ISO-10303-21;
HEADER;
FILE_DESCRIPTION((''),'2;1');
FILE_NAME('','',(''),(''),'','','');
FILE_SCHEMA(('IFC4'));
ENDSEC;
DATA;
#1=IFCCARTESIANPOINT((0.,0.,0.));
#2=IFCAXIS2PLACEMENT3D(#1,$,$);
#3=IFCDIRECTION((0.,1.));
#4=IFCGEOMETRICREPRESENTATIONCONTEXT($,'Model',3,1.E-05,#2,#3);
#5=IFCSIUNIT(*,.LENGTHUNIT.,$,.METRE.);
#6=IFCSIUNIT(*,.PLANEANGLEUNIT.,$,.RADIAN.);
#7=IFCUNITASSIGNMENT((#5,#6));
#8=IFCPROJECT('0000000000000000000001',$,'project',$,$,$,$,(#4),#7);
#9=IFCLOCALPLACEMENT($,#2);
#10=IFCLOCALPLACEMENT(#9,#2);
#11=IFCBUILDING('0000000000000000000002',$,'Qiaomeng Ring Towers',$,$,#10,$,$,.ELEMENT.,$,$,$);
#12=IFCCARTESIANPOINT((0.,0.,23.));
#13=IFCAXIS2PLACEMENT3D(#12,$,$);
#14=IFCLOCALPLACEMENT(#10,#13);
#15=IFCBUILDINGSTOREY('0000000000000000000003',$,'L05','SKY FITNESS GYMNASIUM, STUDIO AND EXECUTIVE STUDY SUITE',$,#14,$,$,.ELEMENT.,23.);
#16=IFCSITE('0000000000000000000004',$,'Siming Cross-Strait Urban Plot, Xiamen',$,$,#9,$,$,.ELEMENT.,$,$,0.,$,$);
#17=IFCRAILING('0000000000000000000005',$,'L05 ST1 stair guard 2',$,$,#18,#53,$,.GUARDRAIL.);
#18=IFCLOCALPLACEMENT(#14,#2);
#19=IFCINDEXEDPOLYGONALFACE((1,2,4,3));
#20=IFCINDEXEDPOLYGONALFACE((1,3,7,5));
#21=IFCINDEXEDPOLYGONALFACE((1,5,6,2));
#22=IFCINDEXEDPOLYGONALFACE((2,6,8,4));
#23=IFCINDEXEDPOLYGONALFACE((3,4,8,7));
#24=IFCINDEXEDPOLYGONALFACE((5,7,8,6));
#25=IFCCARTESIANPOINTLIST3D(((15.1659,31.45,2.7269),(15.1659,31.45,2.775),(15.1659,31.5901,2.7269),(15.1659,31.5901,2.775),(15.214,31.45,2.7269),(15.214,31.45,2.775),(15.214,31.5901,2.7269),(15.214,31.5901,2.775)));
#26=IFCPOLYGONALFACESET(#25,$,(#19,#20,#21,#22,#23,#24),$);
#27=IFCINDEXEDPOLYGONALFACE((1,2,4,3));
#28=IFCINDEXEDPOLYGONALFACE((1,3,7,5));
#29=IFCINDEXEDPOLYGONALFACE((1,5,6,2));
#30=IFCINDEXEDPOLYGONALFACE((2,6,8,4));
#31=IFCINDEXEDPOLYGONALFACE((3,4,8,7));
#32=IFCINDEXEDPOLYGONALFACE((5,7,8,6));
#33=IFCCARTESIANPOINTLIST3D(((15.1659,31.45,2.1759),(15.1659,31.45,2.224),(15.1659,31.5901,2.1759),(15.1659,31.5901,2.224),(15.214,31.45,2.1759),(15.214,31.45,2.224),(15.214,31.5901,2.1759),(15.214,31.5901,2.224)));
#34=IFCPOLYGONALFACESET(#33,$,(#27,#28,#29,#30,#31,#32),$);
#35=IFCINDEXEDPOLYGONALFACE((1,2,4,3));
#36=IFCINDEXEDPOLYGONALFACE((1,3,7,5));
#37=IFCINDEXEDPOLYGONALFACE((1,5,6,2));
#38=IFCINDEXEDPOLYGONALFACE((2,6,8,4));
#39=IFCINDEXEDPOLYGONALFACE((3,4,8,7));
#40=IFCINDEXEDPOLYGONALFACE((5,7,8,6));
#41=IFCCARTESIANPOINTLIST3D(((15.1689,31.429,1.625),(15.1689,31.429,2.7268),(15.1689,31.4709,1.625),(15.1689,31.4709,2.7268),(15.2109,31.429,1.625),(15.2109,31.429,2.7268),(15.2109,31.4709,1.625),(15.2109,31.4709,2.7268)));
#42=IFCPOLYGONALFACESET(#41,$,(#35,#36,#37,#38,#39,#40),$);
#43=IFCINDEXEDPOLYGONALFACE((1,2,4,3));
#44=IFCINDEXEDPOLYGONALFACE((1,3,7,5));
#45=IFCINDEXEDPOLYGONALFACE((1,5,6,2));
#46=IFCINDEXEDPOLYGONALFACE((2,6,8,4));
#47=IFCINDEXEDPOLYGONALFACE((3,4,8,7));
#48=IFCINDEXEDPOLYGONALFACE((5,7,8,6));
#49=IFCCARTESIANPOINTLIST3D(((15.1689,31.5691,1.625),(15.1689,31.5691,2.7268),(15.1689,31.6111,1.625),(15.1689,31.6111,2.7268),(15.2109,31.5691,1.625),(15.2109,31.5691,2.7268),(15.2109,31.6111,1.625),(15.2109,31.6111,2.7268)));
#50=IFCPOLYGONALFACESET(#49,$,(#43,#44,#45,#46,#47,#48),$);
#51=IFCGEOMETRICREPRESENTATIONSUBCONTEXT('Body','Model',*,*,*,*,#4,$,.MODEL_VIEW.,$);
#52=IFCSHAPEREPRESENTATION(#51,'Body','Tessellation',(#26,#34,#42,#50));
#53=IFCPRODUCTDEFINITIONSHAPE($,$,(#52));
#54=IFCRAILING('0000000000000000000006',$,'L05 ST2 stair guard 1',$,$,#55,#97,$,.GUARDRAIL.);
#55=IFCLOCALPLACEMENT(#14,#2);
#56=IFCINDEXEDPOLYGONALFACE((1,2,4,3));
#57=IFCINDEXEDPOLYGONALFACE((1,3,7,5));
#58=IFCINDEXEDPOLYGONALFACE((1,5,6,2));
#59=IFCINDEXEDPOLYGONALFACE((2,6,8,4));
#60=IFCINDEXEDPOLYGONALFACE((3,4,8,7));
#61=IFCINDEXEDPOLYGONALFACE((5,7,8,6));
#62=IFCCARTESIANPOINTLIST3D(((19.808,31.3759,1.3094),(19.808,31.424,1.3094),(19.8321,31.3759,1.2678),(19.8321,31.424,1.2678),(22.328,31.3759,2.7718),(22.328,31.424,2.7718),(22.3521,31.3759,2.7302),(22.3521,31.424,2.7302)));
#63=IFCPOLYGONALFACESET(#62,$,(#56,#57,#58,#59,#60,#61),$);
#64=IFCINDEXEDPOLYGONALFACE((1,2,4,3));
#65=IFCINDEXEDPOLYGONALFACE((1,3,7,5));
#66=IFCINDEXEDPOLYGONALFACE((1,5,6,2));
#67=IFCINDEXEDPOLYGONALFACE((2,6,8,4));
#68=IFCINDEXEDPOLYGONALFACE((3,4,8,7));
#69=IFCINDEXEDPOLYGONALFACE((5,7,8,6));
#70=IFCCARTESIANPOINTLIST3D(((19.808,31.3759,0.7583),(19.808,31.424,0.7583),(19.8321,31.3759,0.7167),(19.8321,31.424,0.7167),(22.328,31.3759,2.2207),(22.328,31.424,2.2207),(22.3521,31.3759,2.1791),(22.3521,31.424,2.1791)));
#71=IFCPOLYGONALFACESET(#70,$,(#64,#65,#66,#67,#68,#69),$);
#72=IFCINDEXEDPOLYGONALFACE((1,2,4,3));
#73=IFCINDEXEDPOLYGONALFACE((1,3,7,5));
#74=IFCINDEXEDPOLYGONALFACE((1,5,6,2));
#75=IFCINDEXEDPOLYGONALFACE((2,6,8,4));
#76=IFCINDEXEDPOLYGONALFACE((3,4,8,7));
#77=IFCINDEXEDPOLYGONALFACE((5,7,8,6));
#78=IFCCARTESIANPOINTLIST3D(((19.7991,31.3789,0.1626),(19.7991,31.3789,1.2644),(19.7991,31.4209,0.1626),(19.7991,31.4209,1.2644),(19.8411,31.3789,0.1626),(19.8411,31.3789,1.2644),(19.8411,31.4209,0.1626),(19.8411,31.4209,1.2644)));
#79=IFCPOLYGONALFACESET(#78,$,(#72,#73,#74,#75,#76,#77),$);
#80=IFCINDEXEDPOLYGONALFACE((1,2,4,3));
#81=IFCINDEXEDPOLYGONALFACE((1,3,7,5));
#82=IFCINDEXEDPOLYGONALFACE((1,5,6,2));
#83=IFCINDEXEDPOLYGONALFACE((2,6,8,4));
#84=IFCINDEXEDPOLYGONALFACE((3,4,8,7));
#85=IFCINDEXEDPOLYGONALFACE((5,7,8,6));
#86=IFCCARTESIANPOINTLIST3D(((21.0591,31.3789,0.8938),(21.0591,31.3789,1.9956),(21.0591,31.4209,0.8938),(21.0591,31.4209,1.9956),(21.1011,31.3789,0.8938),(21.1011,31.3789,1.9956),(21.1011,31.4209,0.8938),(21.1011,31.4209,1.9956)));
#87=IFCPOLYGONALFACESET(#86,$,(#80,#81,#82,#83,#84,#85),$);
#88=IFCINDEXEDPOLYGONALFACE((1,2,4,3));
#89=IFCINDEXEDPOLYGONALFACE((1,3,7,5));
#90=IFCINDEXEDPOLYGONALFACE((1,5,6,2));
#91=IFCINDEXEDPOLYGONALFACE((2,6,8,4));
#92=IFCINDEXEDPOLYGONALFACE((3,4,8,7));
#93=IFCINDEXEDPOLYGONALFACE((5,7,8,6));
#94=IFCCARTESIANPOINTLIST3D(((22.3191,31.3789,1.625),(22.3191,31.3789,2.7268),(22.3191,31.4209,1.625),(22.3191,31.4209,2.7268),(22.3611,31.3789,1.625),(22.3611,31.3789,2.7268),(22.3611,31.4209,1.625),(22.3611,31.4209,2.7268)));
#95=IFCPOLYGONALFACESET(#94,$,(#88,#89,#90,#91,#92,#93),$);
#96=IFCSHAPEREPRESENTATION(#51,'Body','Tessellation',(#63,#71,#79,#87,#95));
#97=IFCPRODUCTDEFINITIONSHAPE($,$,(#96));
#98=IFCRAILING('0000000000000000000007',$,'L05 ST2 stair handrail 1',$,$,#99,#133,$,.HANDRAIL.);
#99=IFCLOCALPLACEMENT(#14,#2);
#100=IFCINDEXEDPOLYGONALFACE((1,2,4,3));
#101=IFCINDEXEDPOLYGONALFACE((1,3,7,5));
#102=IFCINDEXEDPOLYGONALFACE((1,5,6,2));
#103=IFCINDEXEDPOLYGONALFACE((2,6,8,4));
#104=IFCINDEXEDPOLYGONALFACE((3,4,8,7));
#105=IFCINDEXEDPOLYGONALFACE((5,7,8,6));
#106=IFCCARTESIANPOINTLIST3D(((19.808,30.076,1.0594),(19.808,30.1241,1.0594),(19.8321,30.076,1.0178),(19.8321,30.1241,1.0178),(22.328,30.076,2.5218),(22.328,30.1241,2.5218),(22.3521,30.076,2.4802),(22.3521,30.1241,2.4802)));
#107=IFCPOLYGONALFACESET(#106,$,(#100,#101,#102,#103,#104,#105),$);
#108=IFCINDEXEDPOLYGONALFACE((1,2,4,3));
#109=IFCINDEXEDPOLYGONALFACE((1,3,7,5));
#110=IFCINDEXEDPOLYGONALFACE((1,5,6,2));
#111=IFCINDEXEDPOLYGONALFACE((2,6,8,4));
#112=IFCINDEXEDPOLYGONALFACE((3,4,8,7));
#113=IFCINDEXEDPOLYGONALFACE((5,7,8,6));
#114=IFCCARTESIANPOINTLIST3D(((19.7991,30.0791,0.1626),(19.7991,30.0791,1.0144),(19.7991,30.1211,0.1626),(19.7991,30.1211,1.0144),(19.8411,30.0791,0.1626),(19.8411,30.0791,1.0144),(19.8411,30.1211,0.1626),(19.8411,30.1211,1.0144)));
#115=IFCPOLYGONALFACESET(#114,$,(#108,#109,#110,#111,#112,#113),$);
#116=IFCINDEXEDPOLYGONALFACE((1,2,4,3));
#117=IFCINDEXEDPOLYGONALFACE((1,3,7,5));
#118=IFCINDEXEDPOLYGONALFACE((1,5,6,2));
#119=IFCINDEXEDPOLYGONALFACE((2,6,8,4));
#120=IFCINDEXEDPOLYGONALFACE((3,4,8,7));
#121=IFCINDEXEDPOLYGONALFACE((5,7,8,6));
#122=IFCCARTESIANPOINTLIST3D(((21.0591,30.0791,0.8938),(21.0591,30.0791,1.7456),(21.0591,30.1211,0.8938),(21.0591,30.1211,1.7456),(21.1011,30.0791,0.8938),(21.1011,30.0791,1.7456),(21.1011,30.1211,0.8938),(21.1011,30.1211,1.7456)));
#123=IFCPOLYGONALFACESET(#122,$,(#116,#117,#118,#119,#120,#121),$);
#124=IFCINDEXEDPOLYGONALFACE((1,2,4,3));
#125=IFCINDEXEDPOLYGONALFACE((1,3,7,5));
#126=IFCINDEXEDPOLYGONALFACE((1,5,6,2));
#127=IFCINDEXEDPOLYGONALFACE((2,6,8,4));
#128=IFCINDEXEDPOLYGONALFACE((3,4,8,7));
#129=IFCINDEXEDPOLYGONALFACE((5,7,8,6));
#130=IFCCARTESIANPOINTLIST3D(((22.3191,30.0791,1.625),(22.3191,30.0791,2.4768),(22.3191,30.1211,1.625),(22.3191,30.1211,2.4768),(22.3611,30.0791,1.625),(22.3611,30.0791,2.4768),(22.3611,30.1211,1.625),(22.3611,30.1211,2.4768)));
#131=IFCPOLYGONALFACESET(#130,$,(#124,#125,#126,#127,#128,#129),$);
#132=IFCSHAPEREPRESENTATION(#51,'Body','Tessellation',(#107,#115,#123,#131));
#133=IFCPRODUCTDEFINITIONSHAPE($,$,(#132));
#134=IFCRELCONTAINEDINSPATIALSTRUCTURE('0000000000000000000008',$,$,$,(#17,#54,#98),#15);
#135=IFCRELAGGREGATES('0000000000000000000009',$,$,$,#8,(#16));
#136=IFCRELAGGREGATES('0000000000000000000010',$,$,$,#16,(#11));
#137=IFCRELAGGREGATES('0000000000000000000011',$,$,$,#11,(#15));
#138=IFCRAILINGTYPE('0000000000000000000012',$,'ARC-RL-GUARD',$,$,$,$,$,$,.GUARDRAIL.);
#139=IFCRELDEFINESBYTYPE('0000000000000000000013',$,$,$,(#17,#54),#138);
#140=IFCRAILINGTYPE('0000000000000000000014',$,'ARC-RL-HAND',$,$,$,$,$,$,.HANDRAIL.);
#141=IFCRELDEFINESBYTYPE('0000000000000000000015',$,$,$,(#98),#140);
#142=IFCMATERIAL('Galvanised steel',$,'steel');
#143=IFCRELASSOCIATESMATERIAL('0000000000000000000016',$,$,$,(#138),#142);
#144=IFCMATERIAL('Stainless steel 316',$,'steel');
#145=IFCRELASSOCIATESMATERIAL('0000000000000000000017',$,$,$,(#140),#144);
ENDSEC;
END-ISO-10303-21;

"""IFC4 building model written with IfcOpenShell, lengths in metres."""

from ifc_helpers import new_model, si_unit, direction, frame, origin, origin_2d, place, context, subcontext, project, spatial, rectangle, extrude, material, type_object, element, save


model = new_model("IFC4")

# Units and contexts
model_context = context("Model", 3, precision=1e-05, world=origin(), true_north=direction((0.0, 1.0)))
body_context = subcontext(model_context, "Body", "Model", "MODEL_VIEW")
ifc_project = project(units=[si_unit("LENGTHUNIT", "METRE"), si_unit("PLANEANGLEUNIT", "RADIAN")], contexts=[model_context])

# Site, building, storey
site_placement = place(None, origin())
site = spatial("IfcSite", under=ifc_project, at=site_placement, Name="Siming Cross-Strait Urban Plot, Xiamen", CompositionType="ELEMENT", RefElevation=0.0)
building_placement = place(site_placement, origin())
building = spatial("IfcBuilding", under=site, at=building_placement, Name="Qiaomeng Ring Towers", CompositionType="ELEMENT")
storey_placement = place(building_placement, frame((0.0, 0.0, 23.0)))
storey = spatial("IfcBuildingStorey", under=building, at=storey_placement, Name="L05", Description="SKY FITNESS GYMNASIUM, STUDIO AND EXECUTIVE STUDY SUITE", CompositionType="ELEMENT", Elevation=23.0)

# Shared definitions
ifc_material_1 = material(Name="Galvanised steel", Category="steel")

# Shared definitions
ifc_material_2 = material(Name="Stainless steel 316", Category="steel")

# Railings
railing_type_1 = type_object("IfcRailingType", Name="ARC-RL-GUARD", PredefinedType="GUARDRAIL", material=ifc_material_1)
railing_1_placement = place(storey_placement, frame((15.1899, 31.45, 1.625)))
element("IfcRailing", 1, at=railing_1_placement, inside=storey, type_object=railing_type_1, Name="L05 ST1 stair guard 2", PredefinedType="GUARDRAIL", context=body_context, shape_type="SweptSolid", body=[
    extrude(rectangle(XDim=0.0481, YDim=0.0481, at=origin_2d()), frame((0.0, 0.0, 1.126), z_axis=(0.0, 1.0, 0.0), x_axis=(-1.0, 0.0, 0.0)), (0.0, 0.0, 1.0), 0.1401),
    extrude(rectangle(XDim=0.0481, YDim=0.0481, at=origin_2d()), frame((0.0, 0.0, 0.575), z_axis=(0.0, 1.0, 0.0), x_axis=(-1.0, 0.0, 0.0)), (0.0, 0.0, 1.0), 0.1401),
    extrude(rectangle(XDim=0.042, YDim=0.042, at=origin_2d()), origin(), (0.0, 0.0, 1.0), 1.1018),
    extrude(rectangle(XDim=0.042, YDim=0.042, at=origin_2d()), frame((0.0, 0.1401, 0.0)), (0.0, 0.0, 1.0), 1.1018),
])
railing_2_placement = place(storey_placement, frame((19.8201, 31.3999, 0.1626)))
element("IfcRailing", 2, at=railing_2_placement, inside=storey, type_object=railing_type_1, Name="L05 ST2 stair guard 1", PredefinedType="GUARDRAIL", context=body_context, shape_type="SweptSolid", body=[
    extrude(rectangle(XDim=0.0481, YDim=0.0481, at=origin_2d()), frame((0.0, 0.0, 1.126), z_axis=(0.864913, 0.0, 0.501921), x_axis=(0.0, 1.0, 0.0)), (0.0, 0.0, 1.0), 2.9136),
    extrude(rectangle(XDim=0.0481, YDim=0.0481, at=origin_2d()), frame((0.0, 0.0, 0.575), z_axis=(0.864913, 0.0, 0.501921), x_axis=(0.0, 1.0, 0.0)), (0.0, 0.0, 1.0), 2.9136),
    extrude(rectangle(XDim=0.042, YDim=0.042, at=origin_2d()), origin(), (0.0, 0.0, 1.0), 1.1018),
    extrude(rectangle(XDim=0.042, YDim=0.042, at=origin_2d()), frame((1.26, 0.0, 0.7312)), (0.0, 0.0, 1.0), 1.1018),
    extrude(rectangle(XDim=0.042, YDim=0.042, at=origin_2d()), frame((2.52, 0.0, 1.4624)), (0.0, 0.0, 1.0), 1.1018),
])
railing_type_2 = type_object("IfcRailingType", Name="ARC-RL-HAND", PredefinedType="HANDRAIL", material=ifc_material_2)
railing_3_placement = place(storey_placement, frame((19.8201, 30.1001, 0.1626)))
element("IfcRailing", 3, at=railing_3_placement, inside=storey, type_object=railing_type_2, Name="L05 ST2 stair handrail 1", PredefinedType="HANDRAIL", context=body_context, shape_type="SweptSolid", body=[
    extrude(rectangle(XDim=0.0481, YDim=0.0481, at=origin_2d()), frame((0.0, 0.0, 0.876), z_axis=(0.864913, 0.0, 0.501921), x_axis=(0.0, 1.0, 0.0)), (0.0, 0.0, 1.0), 2.9136),
    extrude(rectangle(XDim=0.042, YDim=0.042, at=origin_2d()), origin(), (0.0, 0.0, 1.0), 0.8518),
    extrude(rectangle(XDim=0.042, YDim=0.042, at=origin_2d()), frame((1.26, 0.0, 0.7312)), (0.0, 0.0, 1.0), 0.8518),
    extrude(rectangle(XDim=0.042, YDim=0.042, at=origin_2d()), frame((2.52, 0.0, 1.4624)), (0.0, 0.0, 1.0), 0.8518),
])

save(model, "model.ifc")
